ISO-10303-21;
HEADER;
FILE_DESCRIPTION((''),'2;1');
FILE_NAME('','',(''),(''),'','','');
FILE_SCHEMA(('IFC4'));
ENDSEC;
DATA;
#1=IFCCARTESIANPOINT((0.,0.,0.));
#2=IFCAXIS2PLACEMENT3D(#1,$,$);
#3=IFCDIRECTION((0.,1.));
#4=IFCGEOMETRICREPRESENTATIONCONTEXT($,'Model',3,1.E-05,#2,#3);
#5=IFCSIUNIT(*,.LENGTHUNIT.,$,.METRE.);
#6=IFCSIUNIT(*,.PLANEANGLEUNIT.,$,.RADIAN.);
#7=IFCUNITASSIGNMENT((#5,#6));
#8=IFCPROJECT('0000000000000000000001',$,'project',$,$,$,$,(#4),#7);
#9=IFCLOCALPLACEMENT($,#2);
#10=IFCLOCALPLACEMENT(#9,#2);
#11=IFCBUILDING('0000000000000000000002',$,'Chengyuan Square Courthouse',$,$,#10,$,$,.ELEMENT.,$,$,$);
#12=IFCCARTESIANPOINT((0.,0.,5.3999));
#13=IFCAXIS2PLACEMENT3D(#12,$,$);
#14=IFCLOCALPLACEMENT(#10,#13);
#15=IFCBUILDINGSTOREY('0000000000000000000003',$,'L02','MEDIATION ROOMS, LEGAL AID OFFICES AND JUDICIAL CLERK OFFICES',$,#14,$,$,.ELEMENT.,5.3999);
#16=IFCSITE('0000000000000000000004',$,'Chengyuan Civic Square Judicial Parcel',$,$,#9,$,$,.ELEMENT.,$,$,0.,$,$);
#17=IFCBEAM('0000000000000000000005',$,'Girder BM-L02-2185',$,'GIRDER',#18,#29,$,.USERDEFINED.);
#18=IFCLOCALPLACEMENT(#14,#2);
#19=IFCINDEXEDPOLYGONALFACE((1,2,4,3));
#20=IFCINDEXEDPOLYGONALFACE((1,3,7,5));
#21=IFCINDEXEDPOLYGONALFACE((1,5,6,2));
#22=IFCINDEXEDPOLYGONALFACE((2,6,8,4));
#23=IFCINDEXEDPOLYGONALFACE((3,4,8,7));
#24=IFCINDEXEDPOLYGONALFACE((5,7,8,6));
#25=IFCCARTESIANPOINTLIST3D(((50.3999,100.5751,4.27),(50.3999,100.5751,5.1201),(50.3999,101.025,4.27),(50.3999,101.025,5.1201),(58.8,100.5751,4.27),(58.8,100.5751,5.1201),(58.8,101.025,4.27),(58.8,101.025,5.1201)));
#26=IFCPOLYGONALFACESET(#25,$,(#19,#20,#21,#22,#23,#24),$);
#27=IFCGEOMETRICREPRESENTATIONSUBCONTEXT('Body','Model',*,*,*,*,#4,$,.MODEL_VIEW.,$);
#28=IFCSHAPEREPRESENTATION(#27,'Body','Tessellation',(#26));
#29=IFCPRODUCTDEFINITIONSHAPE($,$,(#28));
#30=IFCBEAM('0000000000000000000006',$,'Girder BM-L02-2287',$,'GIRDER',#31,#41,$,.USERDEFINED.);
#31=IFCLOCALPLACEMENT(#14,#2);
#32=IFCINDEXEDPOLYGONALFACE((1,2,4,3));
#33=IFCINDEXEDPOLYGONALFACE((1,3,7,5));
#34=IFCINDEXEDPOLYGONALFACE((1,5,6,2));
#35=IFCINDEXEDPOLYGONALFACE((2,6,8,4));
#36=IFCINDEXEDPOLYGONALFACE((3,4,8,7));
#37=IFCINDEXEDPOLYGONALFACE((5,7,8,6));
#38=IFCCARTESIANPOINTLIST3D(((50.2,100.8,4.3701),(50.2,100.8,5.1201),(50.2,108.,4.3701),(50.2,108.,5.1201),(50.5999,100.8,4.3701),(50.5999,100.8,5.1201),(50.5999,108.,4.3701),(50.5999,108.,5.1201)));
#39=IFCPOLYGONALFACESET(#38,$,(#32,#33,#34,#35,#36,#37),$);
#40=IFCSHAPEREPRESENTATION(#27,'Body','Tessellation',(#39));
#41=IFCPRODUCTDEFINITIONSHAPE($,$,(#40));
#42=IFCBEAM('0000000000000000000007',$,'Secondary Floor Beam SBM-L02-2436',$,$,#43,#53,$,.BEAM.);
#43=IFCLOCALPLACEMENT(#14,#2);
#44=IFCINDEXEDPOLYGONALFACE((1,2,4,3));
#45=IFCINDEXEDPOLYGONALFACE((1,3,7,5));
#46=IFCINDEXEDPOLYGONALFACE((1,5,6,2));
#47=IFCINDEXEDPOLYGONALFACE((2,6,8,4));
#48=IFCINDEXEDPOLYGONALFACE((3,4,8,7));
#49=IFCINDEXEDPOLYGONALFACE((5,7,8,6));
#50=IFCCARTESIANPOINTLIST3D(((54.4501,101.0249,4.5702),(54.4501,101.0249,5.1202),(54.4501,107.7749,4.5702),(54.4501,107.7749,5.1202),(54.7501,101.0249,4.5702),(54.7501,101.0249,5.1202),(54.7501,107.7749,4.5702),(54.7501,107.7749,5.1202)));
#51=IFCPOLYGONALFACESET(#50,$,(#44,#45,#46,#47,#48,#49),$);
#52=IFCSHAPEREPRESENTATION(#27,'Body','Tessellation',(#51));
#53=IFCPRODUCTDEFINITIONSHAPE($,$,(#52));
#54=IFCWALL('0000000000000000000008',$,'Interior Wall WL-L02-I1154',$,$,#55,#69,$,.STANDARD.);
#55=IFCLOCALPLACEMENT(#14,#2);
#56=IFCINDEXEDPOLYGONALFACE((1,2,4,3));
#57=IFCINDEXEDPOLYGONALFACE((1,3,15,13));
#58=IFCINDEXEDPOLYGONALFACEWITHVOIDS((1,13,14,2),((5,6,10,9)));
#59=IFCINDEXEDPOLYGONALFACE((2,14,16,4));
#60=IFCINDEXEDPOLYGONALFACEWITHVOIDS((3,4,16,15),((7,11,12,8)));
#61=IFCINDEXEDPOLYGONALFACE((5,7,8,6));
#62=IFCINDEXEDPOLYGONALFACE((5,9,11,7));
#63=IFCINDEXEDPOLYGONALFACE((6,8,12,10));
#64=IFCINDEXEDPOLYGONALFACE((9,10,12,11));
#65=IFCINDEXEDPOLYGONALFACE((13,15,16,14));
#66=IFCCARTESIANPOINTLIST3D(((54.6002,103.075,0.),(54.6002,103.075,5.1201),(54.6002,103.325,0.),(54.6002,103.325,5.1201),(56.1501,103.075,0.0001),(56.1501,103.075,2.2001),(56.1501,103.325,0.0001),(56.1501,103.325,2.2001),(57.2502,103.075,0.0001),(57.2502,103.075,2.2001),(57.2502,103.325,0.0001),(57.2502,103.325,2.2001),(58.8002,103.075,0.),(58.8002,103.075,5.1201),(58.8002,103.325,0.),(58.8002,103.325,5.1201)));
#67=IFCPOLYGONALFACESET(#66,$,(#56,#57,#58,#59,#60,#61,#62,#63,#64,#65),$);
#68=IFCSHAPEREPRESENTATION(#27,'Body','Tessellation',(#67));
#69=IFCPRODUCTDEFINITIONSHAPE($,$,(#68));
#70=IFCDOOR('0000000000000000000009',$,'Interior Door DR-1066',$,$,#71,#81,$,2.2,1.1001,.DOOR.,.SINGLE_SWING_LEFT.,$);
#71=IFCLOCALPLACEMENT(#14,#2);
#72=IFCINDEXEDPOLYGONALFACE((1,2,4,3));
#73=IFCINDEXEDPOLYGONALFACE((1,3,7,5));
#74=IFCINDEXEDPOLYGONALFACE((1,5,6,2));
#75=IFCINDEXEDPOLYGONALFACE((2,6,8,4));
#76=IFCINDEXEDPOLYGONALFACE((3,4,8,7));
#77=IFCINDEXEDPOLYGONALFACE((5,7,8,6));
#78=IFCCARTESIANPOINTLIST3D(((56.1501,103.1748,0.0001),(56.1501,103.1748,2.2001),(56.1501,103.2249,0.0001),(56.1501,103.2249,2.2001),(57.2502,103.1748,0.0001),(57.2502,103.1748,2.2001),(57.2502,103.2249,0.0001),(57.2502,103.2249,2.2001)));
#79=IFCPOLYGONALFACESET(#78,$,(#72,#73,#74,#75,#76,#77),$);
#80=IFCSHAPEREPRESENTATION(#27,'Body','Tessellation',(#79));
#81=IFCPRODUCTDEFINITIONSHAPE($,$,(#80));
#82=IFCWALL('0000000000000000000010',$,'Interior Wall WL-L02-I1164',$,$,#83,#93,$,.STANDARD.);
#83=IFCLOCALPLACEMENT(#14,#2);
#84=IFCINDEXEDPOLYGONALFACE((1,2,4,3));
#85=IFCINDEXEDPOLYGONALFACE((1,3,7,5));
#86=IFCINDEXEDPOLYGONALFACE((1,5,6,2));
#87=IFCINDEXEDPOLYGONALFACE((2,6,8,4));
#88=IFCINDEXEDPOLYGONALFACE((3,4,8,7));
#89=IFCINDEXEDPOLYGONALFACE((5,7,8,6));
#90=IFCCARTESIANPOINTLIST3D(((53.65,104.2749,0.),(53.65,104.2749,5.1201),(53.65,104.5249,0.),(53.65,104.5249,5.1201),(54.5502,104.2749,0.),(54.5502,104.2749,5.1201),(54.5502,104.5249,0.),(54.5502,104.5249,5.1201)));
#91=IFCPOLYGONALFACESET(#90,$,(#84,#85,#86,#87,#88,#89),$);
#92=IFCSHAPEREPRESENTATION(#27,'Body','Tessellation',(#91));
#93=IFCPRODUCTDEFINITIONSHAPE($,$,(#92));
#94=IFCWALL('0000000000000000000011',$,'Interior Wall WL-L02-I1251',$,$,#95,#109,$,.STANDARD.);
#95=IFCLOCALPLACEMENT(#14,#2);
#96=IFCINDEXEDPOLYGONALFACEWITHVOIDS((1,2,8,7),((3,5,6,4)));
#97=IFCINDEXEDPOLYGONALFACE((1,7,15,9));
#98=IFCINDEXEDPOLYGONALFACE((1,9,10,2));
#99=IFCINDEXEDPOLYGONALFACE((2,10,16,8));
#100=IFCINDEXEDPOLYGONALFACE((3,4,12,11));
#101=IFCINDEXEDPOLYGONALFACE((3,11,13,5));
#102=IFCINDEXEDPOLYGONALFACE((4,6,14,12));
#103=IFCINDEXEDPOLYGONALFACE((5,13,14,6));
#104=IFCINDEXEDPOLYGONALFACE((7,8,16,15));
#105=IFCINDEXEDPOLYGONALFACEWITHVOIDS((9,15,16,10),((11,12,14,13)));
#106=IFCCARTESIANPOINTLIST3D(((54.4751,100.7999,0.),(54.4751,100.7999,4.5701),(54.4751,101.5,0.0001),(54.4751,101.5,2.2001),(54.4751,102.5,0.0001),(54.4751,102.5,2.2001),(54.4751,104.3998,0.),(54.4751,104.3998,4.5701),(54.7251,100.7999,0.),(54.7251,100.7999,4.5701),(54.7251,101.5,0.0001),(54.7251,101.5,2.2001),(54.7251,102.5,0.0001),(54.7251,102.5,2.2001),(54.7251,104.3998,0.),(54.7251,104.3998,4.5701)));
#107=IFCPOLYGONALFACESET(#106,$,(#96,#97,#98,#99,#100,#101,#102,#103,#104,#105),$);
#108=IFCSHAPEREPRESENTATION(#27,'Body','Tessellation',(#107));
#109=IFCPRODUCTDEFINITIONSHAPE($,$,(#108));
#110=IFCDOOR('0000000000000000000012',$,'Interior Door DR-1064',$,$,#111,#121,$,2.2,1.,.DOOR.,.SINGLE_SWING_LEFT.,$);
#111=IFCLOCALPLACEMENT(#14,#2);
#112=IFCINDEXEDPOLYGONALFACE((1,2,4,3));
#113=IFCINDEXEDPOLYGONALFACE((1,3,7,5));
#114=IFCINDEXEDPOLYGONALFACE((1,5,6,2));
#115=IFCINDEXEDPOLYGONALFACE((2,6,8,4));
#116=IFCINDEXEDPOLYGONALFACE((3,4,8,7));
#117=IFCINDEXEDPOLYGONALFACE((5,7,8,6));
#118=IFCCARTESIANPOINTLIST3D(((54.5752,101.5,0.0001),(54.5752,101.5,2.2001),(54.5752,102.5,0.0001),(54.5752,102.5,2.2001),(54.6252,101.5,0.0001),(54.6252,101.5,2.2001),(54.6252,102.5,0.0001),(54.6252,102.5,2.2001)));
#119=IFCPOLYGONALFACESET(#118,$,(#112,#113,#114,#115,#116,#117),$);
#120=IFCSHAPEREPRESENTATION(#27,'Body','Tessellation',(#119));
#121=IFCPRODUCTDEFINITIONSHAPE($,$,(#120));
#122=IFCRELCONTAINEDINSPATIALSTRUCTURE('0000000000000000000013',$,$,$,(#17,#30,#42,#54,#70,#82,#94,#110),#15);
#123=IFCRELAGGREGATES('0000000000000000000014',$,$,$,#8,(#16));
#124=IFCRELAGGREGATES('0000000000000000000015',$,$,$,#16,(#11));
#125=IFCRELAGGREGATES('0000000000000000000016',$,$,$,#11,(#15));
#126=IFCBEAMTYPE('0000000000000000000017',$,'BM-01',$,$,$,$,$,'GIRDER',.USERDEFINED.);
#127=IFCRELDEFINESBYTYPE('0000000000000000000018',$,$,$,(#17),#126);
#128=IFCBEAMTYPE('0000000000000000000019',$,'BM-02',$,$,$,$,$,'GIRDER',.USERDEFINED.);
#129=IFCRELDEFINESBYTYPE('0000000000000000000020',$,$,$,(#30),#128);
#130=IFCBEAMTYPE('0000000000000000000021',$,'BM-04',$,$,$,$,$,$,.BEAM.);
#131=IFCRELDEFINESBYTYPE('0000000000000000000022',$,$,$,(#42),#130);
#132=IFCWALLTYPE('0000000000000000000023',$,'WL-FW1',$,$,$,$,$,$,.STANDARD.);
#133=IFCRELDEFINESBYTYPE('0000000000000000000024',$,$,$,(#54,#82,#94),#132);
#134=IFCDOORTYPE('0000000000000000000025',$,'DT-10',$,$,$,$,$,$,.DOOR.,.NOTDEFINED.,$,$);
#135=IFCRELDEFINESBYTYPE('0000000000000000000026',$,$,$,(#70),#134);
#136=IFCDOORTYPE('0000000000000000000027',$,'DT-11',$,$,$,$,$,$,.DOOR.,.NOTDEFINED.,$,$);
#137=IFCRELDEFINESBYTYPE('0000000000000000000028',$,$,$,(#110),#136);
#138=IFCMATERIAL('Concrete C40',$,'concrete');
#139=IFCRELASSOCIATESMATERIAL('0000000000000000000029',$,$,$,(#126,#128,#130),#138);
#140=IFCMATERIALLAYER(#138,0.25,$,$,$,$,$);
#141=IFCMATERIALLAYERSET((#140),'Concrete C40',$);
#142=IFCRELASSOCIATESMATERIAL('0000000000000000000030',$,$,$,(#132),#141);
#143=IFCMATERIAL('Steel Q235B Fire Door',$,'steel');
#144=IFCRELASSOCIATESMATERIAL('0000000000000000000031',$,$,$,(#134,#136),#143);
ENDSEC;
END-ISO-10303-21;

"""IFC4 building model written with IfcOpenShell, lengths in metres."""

from ifc_helpers import new_model, si_unit, direction, frame, frame_2d, origin, origin_2d, place, context, subcontext, project, spatial, rectangle, extrude, material, layer, layer_set, material_profile, profile_set, type_object, element, fill, save


model = new_model("IFC4")

# Units and contexts
model_context = context("Model", 3, precision=1e-05, world=origin(), true_north=direction((0.0, 1.0)))
body_context = subcontext(model_context, "Body", "Model", "MODEL_VIEW")
ifc_project = project(units=[si_unit("LENGTHUNIT", "METRE"), si_unit("PLANEANGLEUNIT", "RADIAN")], contexts=[model_context])

# Site, building, storey
site_placement = place(None, origin())
site = spatial("IfcSite", under=ifc_project, at=site_placement, Name="Chengyuan Civic Square Judicial Parcel", CompositionType="ELEMENT", RefElevation=0.0)
building_placement = place(site_placement, origin())
building = spatial("IfcBuilding", under=site, at=building_placement, Name="Chengyuan Square Courthouse", CompositionType="ELEMENT")
storey_placement = place(building_placement, frame((0.0, 0.0, 5.3999)))
storey = spatial("IfcBuildingStorey", under=building, at=storey_placement, Name="L02", Description="MEDIATION ROOMS, LEGAL AID OFFICES AND JUDICIAL CLERK OFFICES", CompositionType="ELEMENT", Elevation=5.3999)

# Beams
ifc_material_1 = material(Name="Concrete C40", Category="concrete")
ifc_material_profile_1 = material_profile(ifc_material_1, rectangle(XDim=0.45, YDim=0.8501, at=origin_2d()), Name="RC-BM-450x850")
ifc_profile_set_1 = profile_set([ifc_material_profile_1], Name="Concrete C40")
beam_type_1 = type_object("IfcBeamType", Name="BM-01", ElementType="GIRDER", PredefinedType="USERDEFINED", material=ifc_profile_set_1)
beam_1_placement = place(storey_placement, frame((50.3999, 100.8, 4.6951), z_axis=(1.0, 0.0, 0.0), x_axis=(0.0, 1.0, 0.0)))
element("IfcBeam", 1, at=beam_1_placement, inside=storey, type_object=beam_type_1, Name="Girder BM-L02-2185", ObjectType="GIRDER", PredefinedType="USERDEFINED", context=body_context, shape_type="SweptSolid", body=[
    extrude(rectangle(XDim=0.45, YDim=0.8501, at=origin_2d()), origin(), (0.0, 0.0, 1.0), 8.4001),
])
ifc_material_profile_2 = material_profile(ifc_material_1, rectangle(XDim=0.3999, YDim=0.75, at=origin_2d()), Name="RC-BM-400x750")
ifc_profile_set_2 = profile_set([ifc_material_profile_2], Name="Concrete C40")
beam_type_2 = type_object("IfcBeamType", Name="BM-02", ElementType="GIRDER", PredefinedType="USERDEFINED", material=ifc_profile_set_2)
beam_2_placement = place(storey_placement, frame((50.3999, 100.8, 4.7451), z_axis=(0.0, 1.0, 0.0), x_axis=(-1.0, 0.0, 0.0)))
element("IfcBeam", 2, at=beam_2_placement, inside=storey, type_object=beam_type_2, Name="Girder BM-L02-2287", ObjectType="GIRDER", PredefinedType="USERDEFINED", context=body_context, shape_type="SweptSolid", body=[
    extrude(rectangle(XDim=0.3999, YDim=0.75, at=origin_2d()), origin(), (0.0, 0.0, 1.0), 7.2),
])
ifc_material_profile_3 = material_profile(ifc_material_1, rectangle(XDim=0.3, YDim=0.55, at=origin_2d()), Name="RC-BM-300x550")
ifc_profile_set_3 = profile_set([ifc_material_profile_3], Name="Concrete C40")
beam_type_3 = type_object("IfcBeamType", Name="BM-04", PredefinedType="BEAM", material=ifc_profile_set_3)
beam_3_placement = place(storey_placement, frame((54.6001, 101.0249, 4.8452), z_axis=(0.0, 1.0, 0.0), x_axis=(-1.0, 0.0, 0.0)))
element("IfcBeam", 3, at=beam_3_placement, inside=storey, type_object=beam_type_3, Name="Secondary Floor Beam SBM-L02-2436", PredefinedType="BEAM", context=body_context, shape_type="SweptSolid", body=[
    extrude(rectangle(XDim=0.3, YDim=0.55, at=origin_2d()), origin(), (0.0, 0.0, 1.0), 6.75),
])

# Wall, opening, door
ifc_layer_1 = layer(ifc_material_1, 0.25)
ifc_layer_set_1 = layer_set([ifc_layer_1], Name="Concrete C40")
wall_type_1 = type_object("IfcWallType", Name="WL-FW1", PredefinedType="STANDARD", material=ifc_layer_set_1)
ifc_material_2 = material(Name="Steel Q235B Fire Door", Category="steel")
wall_1_placement = place(storey_placement, frame((54.6001, 103.2, 0.0), z_axis=(0.0, 0.0, 1.0), x_axis=(1.0, 0.0, 0.0)))
wall_1 = element("IfcWall", 4, at=wall_1_placement, inside=storey, type_object=wall_type_1, Name="Interior Wall WL-L02-I1154", PredefinedType="STANDARD", context=body_context, shape_type="SweptSolid", body=[
    extrude(rectangle(XDim=4.2, YDim=0.25, at=frame_2d((2.1001, 0.0))), origin(), (0.0, 0.0, 1.0), 5.1201),
])
opening_1_placement = place(wall_1_placement, frame((1.55, 0.0, 0.0)))
opening_1 = element("IfcOpeningElement", 5, at=opening_1_placement, cuts=wall_1, PredefinedType="OPENING", context=body_context, shape_type="SweptSolid", body=[
    extrude(rectangle(XDim=1.1001, YDim=2.2, at=frame_2d((0.55, 1.1001))), frame((0.0, 0.137, 0.0), z_axis=(0.0, -1.0, 0.0), x_axis=(1.0, 0.0, 0.0)), (0.0, 0.0, 1.0), 0.2739),
])
door_type_1 = type_object("IfcDoorType", Name="DT-10", OperationType="NOTDEFINED", PredefinedType="DOOR", material=ifc_material_2)
door_1_placement = place(opening_1_placement, origin())
door_1 = element("IfcDoor", 6, at=door_1_placement, inside=storey, type_object=door_type_1, Name="Interior Door DR-1066", OperationType="SINGLE_SWING_LEFT", OverallHeight=2.2, OverallWidth=1.1001, PredefinedType="DOOR", context=body_context, shape_type="SweptSolid", body=[
    extrude(rectangle(XDim=1.1001, YDim=2.2, at=frame_2d((0.55, 1.1001))), frame((0.0, 0.0249, 0.0), z_axis=(0.0, -1.0, 0.0), x_axis=(1.0, 0.0, 0.0)), (0.0, 0.0, 1.0), 0.05),
])
fill(opening_1, door_1)

# Wall
wall_2_placement = place(storey_placement, frame((53.6499, 104.3999, 0.0), z_axis=(0.0, 0.0, 1.0), x_axis=(1.0, 0.0, 0.0)))
element("IfcWall", 7, at=wall_2_placement, inside=storey, type_object=wall_type_1, Name="Interior Wall WL-L02-I1164", PredefinedType="STANDARD", context=body_context, shape_type="SweptSolid", body=[
    extrude(rectangle(XDim=0.9001, YDim=0.25, at=frame_2d((0.4502, 0.0))), origin(), (0.0, 0.0, 1.0), 5.1201),
])

# Wall, opening, door
wall_3_placement = place(storey_placement, frame((54.6001, 100.8, 0.0), z_axis=(0.0, 0.0, 1.0), x_axis=(0.0, 1.0, 0.0)))
wall_3 = element("IfcWall", 8, at=wall_3_placement, inside=storey, type_object=wall_type_1, Name="Interior Wall WL-L02-I1251", PredefinedType="STANDARD", context=body_context, shape_type="SweptSolid", body=[
    extrude(rectangle(XDim=3.5999, YDim=0.25, at=frame_2d((1.7998, 0.0))), origin(), (0.0, 0.0, 1.0), 4.5701),
])
opening_2_placement = place(wall_3_placement, frame((0.7, 0.0, 0.0)))
opening_2 = element("IfcOpeningElement", 9, at=opening_2_placement, cuts=wall_3, PredefinedType="OPENING", context=body_context, shape_type="SweptSolid", body=[
    extrude(rectangle(XDim=1.0, YDim=2.2, at=frame_2d((0.5, 1.1001))), frame((0.0, 0.137, 0.0), z_axis=(0.0, -1.0, 0.0), x_axis=(1.0, 0.0, 0.0)), (0.0, 0.0, 1.0), 0.2739),
])
door_type_2 = type_object("IfcDoorType", Name="DT-11", OperationType="NOTDEFINED", PredefinedType="DOOR", material=ifc_material_2)
door_2_placement = place(opening_2_placement, origin())
door_2 = element("IfcDoor", 10, at=door_2_placement, inside=storey, type_object=door_type_2, Name="Interior Door DR-1064", OperationType="SINGLE_SWING_LEFT", OverallHeight=2.2, OverallWidth=1.0, PredefinedType="DOOR", context=body_context, shape_type="SweptSolid", body=[
    extrude(rectangle(XDim=1.0, YDim=2.2, at=frame_2d((0.5, 1.1001))), frame((0.0, 0.0249, 0.0), z_axis=(0.0, -1.0, 0.0), x_axis=(1.0, 0.0, 0.0)), (0.0, 0.0, 1.0), 0.05),
])
fill(opening_2, door_2)

save(model, "model.ifc")
